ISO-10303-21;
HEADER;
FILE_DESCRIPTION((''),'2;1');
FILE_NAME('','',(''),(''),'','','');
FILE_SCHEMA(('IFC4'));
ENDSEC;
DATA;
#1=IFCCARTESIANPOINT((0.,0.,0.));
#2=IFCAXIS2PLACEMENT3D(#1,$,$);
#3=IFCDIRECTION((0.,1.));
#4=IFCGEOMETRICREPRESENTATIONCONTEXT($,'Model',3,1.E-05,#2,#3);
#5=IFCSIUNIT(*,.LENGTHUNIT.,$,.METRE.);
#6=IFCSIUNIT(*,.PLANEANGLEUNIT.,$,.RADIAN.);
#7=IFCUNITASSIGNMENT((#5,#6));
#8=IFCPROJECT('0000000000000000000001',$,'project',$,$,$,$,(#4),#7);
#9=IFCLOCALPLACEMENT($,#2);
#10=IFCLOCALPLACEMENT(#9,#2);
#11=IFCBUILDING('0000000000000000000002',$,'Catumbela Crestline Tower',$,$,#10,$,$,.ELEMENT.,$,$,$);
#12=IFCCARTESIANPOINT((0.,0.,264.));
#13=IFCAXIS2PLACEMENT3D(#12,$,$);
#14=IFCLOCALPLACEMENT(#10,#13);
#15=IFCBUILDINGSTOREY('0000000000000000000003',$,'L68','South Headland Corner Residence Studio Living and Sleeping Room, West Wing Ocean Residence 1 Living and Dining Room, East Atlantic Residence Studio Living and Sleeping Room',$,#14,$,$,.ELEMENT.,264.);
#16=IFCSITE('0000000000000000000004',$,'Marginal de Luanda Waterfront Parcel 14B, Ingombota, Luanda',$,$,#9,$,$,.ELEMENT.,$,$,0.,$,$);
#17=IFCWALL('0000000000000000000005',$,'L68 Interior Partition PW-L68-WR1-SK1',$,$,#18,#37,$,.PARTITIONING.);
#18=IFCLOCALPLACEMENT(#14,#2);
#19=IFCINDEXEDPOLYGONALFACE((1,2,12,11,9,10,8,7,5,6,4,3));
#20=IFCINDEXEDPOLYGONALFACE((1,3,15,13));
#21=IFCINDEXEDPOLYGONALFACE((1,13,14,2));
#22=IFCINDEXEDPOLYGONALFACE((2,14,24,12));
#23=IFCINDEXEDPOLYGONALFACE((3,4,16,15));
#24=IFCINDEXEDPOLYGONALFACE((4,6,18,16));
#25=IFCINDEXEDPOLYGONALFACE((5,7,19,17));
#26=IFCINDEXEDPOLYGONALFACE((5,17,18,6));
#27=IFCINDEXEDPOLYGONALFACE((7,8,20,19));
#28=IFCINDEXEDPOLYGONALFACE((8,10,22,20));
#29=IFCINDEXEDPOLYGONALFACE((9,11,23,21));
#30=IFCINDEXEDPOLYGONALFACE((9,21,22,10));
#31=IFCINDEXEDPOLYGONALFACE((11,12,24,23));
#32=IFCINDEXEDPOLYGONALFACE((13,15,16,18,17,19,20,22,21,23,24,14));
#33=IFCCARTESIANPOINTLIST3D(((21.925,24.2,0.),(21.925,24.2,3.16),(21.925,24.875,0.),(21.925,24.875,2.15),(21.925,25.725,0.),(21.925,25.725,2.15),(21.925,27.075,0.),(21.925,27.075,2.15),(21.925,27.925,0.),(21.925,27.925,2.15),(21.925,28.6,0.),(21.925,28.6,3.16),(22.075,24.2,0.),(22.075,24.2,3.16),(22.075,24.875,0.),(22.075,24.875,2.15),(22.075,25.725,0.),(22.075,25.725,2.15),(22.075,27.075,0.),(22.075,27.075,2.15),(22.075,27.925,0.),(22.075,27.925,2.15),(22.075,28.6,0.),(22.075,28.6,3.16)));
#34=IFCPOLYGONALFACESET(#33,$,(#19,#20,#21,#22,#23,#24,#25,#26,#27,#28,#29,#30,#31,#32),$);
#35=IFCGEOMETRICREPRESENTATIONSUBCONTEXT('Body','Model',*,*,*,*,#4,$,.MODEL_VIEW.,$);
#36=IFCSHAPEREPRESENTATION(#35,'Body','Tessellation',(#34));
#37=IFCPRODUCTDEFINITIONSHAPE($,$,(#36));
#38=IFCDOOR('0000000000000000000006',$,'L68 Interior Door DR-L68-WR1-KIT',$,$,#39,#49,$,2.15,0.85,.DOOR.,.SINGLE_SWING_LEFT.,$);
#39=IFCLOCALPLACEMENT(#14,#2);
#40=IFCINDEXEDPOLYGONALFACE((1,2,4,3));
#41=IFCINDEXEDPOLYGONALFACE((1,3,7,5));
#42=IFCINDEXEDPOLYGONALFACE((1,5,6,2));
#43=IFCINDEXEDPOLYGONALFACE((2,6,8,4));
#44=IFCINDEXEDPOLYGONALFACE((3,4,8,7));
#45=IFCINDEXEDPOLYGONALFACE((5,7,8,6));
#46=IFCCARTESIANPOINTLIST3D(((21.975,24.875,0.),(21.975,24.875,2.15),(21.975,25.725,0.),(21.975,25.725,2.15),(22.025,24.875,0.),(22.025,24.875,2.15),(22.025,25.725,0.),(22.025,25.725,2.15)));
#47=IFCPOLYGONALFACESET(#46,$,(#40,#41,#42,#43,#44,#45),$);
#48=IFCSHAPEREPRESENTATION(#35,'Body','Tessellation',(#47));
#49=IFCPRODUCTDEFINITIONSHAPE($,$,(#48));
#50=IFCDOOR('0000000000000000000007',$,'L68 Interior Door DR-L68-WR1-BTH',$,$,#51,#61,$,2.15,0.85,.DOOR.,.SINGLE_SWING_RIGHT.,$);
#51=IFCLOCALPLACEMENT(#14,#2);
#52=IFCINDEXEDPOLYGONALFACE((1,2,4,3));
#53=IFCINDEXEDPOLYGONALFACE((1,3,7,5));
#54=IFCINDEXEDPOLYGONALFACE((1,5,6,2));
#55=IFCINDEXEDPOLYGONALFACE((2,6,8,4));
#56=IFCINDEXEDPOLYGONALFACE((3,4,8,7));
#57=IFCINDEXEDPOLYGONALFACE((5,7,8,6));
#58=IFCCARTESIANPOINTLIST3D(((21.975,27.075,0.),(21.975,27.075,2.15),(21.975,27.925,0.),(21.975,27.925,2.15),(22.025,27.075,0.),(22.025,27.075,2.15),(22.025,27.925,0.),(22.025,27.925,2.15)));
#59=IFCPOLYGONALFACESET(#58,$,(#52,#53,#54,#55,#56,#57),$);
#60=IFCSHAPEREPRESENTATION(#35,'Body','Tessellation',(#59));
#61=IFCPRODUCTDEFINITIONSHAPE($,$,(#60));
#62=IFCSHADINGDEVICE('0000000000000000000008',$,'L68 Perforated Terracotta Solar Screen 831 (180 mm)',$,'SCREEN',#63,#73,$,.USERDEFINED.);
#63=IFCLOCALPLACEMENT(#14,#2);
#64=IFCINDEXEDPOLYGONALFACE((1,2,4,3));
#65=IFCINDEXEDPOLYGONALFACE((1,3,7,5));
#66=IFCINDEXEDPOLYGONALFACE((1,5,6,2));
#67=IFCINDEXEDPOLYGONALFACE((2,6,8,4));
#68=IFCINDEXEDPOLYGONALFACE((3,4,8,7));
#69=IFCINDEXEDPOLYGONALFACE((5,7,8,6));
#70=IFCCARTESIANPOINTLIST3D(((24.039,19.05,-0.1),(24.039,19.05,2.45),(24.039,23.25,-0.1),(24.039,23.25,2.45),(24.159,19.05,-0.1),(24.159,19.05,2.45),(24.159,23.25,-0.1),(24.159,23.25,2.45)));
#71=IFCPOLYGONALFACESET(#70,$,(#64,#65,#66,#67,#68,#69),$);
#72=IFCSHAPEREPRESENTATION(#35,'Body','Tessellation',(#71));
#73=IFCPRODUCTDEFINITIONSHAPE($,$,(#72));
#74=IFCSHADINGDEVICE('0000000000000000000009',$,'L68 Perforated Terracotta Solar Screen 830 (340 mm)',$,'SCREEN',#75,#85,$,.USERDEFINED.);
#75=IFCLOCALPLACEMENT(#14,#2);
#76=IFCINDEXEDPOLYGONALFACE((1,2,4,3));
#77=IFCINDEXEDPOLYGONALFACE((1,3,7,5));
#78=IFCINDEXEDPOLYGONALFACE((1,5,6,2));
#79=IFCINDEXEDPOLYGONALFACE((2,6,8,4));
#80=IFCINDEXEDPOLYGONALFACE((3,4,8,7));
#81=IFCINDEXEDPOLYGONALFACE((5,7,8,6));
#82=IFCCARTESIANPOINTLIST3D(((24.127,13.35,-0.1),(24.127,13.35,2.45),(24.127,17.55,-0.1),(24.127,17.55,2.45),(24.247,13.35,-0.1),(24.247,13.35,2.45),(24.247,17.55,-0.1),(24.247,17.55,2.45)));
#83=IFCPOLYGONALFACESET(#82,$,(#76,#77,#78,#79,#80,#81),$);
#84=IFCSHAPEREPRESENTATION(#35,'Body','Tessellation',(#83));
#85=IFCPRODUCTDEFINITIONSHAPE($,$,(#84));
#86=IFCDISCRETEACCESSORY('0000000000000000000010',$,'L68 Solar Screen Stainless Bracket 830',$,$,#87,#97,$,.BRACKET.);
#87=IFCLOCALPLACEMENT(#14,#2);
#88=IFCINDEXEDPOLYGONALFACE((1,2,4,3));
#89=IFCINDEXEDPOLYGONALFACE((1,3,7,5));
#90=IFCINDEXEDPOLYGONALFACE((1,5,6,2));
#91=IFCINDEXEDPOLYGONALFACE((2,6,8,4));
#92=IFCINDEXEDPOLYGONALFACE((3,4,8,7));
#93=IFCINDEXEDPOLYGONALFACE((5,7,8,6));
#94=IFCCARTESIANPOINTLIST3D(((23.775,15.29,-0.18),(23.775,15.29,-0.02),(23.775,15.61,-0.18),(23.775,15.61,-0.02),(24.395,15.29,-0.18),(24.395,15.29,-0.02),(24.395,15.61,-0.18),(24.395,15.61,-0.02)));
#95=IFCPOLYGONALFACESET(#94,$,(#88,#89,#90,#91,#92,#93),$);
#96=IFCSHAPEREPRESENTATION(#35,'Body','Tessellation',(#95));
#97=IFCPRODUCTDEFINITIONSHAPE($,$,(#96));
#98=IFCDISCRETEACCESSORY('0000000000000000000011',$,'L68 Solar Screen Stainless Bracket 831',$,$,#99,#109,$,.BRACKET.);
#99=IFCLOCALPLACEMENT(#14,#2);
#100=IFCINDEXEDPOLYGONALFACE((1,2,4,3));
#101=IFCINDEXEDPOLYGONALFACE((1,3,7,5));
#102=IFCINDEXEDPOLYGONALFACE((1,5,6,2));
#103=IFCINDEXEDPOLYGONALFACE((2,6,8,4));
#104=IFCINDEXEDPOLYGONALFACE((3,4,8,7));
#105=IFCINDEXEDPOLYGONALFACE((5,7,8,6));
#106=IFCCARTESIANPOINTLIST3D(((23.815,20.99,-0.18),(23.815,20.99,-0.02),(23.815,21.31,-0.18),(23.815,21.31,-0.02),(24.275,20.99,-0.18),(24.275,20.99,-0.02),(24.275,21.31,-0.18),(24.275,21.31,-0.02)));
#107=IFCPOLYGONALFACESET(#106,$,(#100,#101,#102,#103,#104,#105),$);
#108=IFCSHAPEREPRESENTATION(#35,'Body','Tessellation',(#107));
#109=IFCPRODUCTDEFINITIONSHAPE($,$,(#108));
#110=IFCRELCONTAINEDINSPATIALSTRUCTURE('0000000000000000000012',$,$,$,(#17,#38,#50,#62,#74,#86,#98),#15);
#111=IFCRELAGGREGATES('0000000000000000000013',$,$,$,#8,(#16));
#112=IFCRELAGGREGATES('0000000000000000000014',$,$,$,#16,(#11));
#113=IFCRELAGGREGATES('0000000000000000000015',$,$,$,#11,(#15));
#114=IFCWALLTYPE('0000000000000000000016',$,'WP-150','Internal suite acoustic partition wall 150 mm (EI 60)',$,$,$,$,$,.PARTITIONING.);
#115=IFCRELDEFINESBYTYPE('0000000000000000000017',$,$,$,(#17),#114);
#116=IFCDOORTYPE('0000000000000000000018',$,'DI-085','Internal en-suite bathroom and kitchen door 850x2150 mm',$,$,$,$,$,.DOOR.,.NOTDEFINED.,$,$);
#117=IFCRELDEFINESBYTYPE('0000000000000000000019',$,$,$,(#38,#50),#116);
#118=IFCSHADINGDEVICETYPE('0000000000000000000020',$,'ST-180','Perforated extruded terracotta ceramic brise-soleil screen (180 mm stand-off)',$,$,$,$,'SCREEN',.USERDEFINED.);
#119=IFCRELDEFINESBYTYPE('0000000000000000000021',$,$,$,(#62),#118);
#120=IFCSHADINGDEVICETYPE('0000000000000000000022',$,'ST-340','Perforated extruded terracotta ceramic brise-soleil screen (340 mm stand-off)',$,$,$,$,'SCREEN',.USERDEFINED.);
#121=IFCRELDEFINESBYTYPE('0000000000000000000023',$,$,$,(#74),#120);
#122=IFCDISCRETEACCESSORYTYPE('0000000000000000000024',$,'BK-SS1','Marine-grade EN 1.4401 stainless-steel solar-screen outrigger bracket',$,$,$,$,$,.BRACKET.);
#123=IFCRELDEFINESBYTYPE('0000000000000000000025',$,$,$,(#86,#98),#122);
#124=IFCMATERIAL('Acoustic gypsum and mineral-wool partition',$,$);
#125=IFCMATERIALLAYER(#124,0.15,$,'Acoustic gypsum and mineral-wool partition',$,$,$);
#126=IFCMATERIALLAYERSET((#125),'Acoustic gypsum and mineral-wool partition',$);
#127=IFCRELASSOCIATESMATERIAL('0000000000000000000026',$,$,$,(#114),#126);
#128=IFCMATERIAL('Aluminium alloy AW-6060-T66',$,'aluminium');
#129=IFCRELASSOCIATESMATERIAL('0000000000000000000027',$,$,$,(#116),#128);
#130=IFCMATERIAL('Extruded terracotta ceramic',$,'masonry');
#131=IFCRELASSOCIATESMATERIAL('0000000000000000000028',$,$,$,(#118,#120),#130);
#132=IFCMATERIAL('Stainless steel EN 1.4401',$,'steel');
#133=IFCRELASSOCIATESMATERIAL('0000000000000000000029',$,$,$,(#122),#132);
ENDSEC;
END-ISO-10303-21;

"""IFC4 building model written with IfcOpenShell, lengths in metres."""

from ifc_helpers import new_model, si_unit, direction, frame, frame_2d, origin, origin_2d, place, context, subcontext, project, spatial, rectangle, extrude, material, layer, layer_set, type_object, element, fill, save


model = new_model("IFC4")

# Units and contexts
model_context = context("Model", 3, precision=1e-05, world=origin(), true_north=direction((0.0, 1.0)))
body_context = subcontext(model_context, "Body", "Model", "MODEL_VIEW")
ifc_project = project(units=[si_unit("LENGTHUNIT", "METRE"), si_unit("PLANEANGLEUNIT", "RADIAN")], contexts=[model_context])

# Site, building, storey
site_placement = place(None, origin())
site = spatial("IfcSite", under=ifc_project, at=site_placement, Name="Marginal de Luanda Waterfront Parcel 14B, Ingombota, Luanda", CompositionType="ELEMENT", RefElevation=0.0)
building_placement = place(site_placement, origin())
building = spatial("IfcBuilding", under=site, at=building_placement, Name="Catumbela Crestline Tower", CompositionType="ELEMENT")
storey_placement = place(building_placement, frame((0.0, 0.0, 264.0)))
storey = spatial("IfcBuildingStorey", under=building, at=storey_placement, Name="L68", Description="South Headland Corner Residence Studio Living and Sleeping Room, West Wing Ocean Residence 1 Living and Dining Room, East Atlantic Residence Studio Living and Sleeping Room", CompositionType="ELEMENT", Elevation=264.0)

# Shared definitions
ifc_material_1 = material(Name="Aluminium alloy AW-6060-T66", Category="aluminium")

# Wall, openings, doors
ifc_material_2 = material(Name="Acoustic gypsum and mineral-wool partition")
ifc_layer_1 = layer(ifc_material_2, 0.15, Name="Acoustic gypsum and mineral-wool partition")
ifc_layer_set_1 = layer_set([ifc_layer_1], Name="Acoustic gypsum and mineral-wool partition")
wall_type_1 = type_object("IfcWallType", Name="WP-150", Description="Internal suite acoustic partition wall 150 mm (EI 60)", PredefinedType="PARTITIONING", material=ifc_layer_set_1)
wall_1_placement = place(storey_placement, frame((22.0, 24.2, 0.0), z_axis=(0.0, 0.0, 1.0), x_axis=(0.0, 1.0, 0.0)))
wall_1 = element("IfcWall", 1, at=wall_1_placement, inside=storey, type_object=wall_type_1, Name="L68 Interior Partition PW-L68-WR1-SK1", PredefinedType="PARTITIONING", context=body_context, shape_type="SweptSolid", body=[
    extrude(rectangle(XDim=4.4, YDim=0.15, at=frame_2d((2.2, 0.0))), origin(), (0.0, 0.0, 1.0), 3.16),
])
opening_1_placement = place(wall_1_placement, frame((0.675, 0.0, 0.0)))
opening_1 = element("IfcOpeningElement", 2, at=opening_1_placement, cuts=wall_1, PredefinedType="OPENING", context=body_context, shape_type="SweptSolid", body=[
    extrude(rectangle(XDim=0.85, YDim=2.15, at=frame_2d((0.425, 1.075))), frame((0.0, 0.085, 0.0), z_axis=(0.0, -1.0, 0.0), x_axis=(1.0, 0.0, 0.0)), (0.0, 0.0, 1.0), 0.17),
])
opening_2_placement = place(wall_1_placement, frame((2.875, 0.0, 0.0)))
opening_2 = element("IfcOpeningElement", 3, at=opening_2_placement, cuts=wall_1, PredefinedType="OPENING", context=body_context, shape_type="SweptSolid", body=[
    extrude(rectangle(XDim=0.85, YDim=2.15, at=frame_2d((0.425, 1.075))), frame((0.0, 0.085, 0.0), z_axis=(0.0, -1.0, 0.0), x_axis=(1.0, 0.0, 0.0)), (0.0, 0.0, 1.0), 0.17),
])
door_type_1 = type_object("IfcDoorType", Name="DI-085", Description="Internal en-suite bathroom and kitchen door 850x2150 mm", OperationType="NOTDEFINED", PredefinedType="DOOR", material=ifc_material_1)
door_1_placement = place(opening_1_placement, origin())
door_1 = element("IfcDoor", 4, at=door_1_placement, inside=storey, type_object=door_type_1, Name="L68 Interior Door DR-L68-WR1-KIT", OperationType="SINGLE_SWING_LEFT", OverallHeight=2.15, OverallWidth=0.85, PredefinedType="DOOR", context=body_context, shape_type="SweptSolid", body=[
    extrude(rectangle(XDim=0.85, YDim=2.15, at=frame_2d((0.425, 1.075))), frame((0.0, 0.025, 0.0), z_axis=(0.0, -1.0, 0.0), x_axis=(1.0, 0.0, 0.0)), (0.0, 0.0, 1.0), 0.05),
])
fill(opening_1, door_1)
door_2_placement = place(opening_2_placement, origin())
door_2 = element("IfcDoor", 5, at=door_2_placement, inside=storey, type_object=door_type_1, Name="L68 Interior Door DR-L68-WR1-BTH", OperationType="SINGLE_SWING_RIGHT", OverallHeight=2.15, OverallWidth=0.85, PredefinedType="DOOR", context=body_context, shape_type="SweptSolid", body=[
    extrude(rectangle(XDim=0.85, YDim=2.15, at=frame_2d((0.425, 1.075))), frame((0.0, 0.025, 0.0), z_axis=(0.0, -1.0, 0.0), x_axis=(1.0, 0.0, 0.0)), (0.0, 0.0, 1.0), 0.05),
])
fill(opening_2, door_2)

# Shared definitions
ifc_material_3 = material(Name="Stainless steel EN 1.4401", Category="steel")

# Shading devices
ifc_material_4 = material(Name="Extruded terracotta ceramic", Category="masonry")
shading_device_type_1 = type_object("IfcShadingDeviceType", Name="ST-180", Description="Perforated extruded terracotta ceramic brise-soleil screen (180 mm stand-off)", ElementType="SCREEN", PredefinedType="USERDEFINED", material=ifc_material_4)
shading_device_1_placement = place(storey_placement, frame((24.099, 21.15, -0.1), z_axis=(0.0, 0.0, 1.0), x_axis=(0.0, 1.0, 0.0)))
element("IfcShadingDevice", 6, at=shading_device_1_placement, inside=storey, type_object=shading_device_type_1, Name="L68 Perforated Terracotta Solar Screen 831 (180 mm)", ObjectType="SCREEN", PredefinedType="USERDEFINED", context=body_context, shape_type="SweptSolid", body=[
    extrude(rectangle(XDim=4.2, YDim=0.12, at=origin_2d()), origin(), (0.0, 0.0, 1.0), 2.55),
])
shading_device_type_2 = type_object("IfcShadingDeviceType", Name="ST-340", Description="Perforated extruded terracotta ceramic brise-soleil screen (340 mm stand-off)", ElementType="SCREEN", PredefinedType="USERDEFINED", material=ifc_material_4)
shading_device_2_placement = place(storey_placement, frame((24.187, 15.45, -0.1), z_axis=(0.0, 0.0, 1.0), x_axis=(0.0, 1.0, 0.0)))
element("IfcShadingDevice", 7, at=shading_device_2_placement, inside=storey, type_object=shading_device_type_2, Name="L68 Perforated Terracotta Solar Screen 830 (340 mm)", ObjectType="SCREEN", PredefinedType="USERDEFINED", context=body_context, shape_type="SweptSolid", body=[
    extrude(rectangle(XDim=4.2, YDim=0.12, at=origin_2d()), origin(), (0.0, 0.0, 1.0), 2.55),
])

# Discrete accessories
discrete_accessory_type = type_object("IfcDiscreteAccessoryType", Name="BK-SS1", Description="Marine-grade EN 1.4401 stainless-steel solar-screen outrigger bracket", PredefinedType="BRACKET", material=ifc_material_3)
discrete_accessory_1_placement = place(storey_placement, frame((24.085, 15.45, -0.18), z_axis=(0.0, 0.0, 1.0), x_axis=(0.0, 1.0, 0.0)))
element("IfcDiscreteAccessory", 8, at=discrete_accessory_1_placement, inside=storey, type_object=discrete_accessory_type, Name="L68 Solar Screen Stainless Bracket 830", PredefinedType="BRACKET", context=body_context, shape_type="SweptSolid", body=[
    extrude(rectangle(XDim=0.32, YDim=0.62, at=origin_2d()), origin(), (0.0, 0.0, 1.0), 0.16),
])
discrete_accessory_2_placement = place(storey_placement, frame((24.045, 21.15, -0.18), z_axis=(0.0, 0.0, 1.0), x_axis=(0.0, 1.0, 0.0)))
element("IfcDiscreteAccessory", 9, at=discrete_accessory_2_placement, inside=storey, type_object=discrete_accessory_type, Name="L68 Solar Screen Stainless Bracket 831", PredefinedType="BRACKET", context=body_context, shape_type="SweptSolid", body=[
    extrude(rectangle(XDim=0.32, YDim=0.46, at=origin_2d()), origin(), (0.0, 0.0, 1.0), 0.16),
])

save(model, "model.ifc")
